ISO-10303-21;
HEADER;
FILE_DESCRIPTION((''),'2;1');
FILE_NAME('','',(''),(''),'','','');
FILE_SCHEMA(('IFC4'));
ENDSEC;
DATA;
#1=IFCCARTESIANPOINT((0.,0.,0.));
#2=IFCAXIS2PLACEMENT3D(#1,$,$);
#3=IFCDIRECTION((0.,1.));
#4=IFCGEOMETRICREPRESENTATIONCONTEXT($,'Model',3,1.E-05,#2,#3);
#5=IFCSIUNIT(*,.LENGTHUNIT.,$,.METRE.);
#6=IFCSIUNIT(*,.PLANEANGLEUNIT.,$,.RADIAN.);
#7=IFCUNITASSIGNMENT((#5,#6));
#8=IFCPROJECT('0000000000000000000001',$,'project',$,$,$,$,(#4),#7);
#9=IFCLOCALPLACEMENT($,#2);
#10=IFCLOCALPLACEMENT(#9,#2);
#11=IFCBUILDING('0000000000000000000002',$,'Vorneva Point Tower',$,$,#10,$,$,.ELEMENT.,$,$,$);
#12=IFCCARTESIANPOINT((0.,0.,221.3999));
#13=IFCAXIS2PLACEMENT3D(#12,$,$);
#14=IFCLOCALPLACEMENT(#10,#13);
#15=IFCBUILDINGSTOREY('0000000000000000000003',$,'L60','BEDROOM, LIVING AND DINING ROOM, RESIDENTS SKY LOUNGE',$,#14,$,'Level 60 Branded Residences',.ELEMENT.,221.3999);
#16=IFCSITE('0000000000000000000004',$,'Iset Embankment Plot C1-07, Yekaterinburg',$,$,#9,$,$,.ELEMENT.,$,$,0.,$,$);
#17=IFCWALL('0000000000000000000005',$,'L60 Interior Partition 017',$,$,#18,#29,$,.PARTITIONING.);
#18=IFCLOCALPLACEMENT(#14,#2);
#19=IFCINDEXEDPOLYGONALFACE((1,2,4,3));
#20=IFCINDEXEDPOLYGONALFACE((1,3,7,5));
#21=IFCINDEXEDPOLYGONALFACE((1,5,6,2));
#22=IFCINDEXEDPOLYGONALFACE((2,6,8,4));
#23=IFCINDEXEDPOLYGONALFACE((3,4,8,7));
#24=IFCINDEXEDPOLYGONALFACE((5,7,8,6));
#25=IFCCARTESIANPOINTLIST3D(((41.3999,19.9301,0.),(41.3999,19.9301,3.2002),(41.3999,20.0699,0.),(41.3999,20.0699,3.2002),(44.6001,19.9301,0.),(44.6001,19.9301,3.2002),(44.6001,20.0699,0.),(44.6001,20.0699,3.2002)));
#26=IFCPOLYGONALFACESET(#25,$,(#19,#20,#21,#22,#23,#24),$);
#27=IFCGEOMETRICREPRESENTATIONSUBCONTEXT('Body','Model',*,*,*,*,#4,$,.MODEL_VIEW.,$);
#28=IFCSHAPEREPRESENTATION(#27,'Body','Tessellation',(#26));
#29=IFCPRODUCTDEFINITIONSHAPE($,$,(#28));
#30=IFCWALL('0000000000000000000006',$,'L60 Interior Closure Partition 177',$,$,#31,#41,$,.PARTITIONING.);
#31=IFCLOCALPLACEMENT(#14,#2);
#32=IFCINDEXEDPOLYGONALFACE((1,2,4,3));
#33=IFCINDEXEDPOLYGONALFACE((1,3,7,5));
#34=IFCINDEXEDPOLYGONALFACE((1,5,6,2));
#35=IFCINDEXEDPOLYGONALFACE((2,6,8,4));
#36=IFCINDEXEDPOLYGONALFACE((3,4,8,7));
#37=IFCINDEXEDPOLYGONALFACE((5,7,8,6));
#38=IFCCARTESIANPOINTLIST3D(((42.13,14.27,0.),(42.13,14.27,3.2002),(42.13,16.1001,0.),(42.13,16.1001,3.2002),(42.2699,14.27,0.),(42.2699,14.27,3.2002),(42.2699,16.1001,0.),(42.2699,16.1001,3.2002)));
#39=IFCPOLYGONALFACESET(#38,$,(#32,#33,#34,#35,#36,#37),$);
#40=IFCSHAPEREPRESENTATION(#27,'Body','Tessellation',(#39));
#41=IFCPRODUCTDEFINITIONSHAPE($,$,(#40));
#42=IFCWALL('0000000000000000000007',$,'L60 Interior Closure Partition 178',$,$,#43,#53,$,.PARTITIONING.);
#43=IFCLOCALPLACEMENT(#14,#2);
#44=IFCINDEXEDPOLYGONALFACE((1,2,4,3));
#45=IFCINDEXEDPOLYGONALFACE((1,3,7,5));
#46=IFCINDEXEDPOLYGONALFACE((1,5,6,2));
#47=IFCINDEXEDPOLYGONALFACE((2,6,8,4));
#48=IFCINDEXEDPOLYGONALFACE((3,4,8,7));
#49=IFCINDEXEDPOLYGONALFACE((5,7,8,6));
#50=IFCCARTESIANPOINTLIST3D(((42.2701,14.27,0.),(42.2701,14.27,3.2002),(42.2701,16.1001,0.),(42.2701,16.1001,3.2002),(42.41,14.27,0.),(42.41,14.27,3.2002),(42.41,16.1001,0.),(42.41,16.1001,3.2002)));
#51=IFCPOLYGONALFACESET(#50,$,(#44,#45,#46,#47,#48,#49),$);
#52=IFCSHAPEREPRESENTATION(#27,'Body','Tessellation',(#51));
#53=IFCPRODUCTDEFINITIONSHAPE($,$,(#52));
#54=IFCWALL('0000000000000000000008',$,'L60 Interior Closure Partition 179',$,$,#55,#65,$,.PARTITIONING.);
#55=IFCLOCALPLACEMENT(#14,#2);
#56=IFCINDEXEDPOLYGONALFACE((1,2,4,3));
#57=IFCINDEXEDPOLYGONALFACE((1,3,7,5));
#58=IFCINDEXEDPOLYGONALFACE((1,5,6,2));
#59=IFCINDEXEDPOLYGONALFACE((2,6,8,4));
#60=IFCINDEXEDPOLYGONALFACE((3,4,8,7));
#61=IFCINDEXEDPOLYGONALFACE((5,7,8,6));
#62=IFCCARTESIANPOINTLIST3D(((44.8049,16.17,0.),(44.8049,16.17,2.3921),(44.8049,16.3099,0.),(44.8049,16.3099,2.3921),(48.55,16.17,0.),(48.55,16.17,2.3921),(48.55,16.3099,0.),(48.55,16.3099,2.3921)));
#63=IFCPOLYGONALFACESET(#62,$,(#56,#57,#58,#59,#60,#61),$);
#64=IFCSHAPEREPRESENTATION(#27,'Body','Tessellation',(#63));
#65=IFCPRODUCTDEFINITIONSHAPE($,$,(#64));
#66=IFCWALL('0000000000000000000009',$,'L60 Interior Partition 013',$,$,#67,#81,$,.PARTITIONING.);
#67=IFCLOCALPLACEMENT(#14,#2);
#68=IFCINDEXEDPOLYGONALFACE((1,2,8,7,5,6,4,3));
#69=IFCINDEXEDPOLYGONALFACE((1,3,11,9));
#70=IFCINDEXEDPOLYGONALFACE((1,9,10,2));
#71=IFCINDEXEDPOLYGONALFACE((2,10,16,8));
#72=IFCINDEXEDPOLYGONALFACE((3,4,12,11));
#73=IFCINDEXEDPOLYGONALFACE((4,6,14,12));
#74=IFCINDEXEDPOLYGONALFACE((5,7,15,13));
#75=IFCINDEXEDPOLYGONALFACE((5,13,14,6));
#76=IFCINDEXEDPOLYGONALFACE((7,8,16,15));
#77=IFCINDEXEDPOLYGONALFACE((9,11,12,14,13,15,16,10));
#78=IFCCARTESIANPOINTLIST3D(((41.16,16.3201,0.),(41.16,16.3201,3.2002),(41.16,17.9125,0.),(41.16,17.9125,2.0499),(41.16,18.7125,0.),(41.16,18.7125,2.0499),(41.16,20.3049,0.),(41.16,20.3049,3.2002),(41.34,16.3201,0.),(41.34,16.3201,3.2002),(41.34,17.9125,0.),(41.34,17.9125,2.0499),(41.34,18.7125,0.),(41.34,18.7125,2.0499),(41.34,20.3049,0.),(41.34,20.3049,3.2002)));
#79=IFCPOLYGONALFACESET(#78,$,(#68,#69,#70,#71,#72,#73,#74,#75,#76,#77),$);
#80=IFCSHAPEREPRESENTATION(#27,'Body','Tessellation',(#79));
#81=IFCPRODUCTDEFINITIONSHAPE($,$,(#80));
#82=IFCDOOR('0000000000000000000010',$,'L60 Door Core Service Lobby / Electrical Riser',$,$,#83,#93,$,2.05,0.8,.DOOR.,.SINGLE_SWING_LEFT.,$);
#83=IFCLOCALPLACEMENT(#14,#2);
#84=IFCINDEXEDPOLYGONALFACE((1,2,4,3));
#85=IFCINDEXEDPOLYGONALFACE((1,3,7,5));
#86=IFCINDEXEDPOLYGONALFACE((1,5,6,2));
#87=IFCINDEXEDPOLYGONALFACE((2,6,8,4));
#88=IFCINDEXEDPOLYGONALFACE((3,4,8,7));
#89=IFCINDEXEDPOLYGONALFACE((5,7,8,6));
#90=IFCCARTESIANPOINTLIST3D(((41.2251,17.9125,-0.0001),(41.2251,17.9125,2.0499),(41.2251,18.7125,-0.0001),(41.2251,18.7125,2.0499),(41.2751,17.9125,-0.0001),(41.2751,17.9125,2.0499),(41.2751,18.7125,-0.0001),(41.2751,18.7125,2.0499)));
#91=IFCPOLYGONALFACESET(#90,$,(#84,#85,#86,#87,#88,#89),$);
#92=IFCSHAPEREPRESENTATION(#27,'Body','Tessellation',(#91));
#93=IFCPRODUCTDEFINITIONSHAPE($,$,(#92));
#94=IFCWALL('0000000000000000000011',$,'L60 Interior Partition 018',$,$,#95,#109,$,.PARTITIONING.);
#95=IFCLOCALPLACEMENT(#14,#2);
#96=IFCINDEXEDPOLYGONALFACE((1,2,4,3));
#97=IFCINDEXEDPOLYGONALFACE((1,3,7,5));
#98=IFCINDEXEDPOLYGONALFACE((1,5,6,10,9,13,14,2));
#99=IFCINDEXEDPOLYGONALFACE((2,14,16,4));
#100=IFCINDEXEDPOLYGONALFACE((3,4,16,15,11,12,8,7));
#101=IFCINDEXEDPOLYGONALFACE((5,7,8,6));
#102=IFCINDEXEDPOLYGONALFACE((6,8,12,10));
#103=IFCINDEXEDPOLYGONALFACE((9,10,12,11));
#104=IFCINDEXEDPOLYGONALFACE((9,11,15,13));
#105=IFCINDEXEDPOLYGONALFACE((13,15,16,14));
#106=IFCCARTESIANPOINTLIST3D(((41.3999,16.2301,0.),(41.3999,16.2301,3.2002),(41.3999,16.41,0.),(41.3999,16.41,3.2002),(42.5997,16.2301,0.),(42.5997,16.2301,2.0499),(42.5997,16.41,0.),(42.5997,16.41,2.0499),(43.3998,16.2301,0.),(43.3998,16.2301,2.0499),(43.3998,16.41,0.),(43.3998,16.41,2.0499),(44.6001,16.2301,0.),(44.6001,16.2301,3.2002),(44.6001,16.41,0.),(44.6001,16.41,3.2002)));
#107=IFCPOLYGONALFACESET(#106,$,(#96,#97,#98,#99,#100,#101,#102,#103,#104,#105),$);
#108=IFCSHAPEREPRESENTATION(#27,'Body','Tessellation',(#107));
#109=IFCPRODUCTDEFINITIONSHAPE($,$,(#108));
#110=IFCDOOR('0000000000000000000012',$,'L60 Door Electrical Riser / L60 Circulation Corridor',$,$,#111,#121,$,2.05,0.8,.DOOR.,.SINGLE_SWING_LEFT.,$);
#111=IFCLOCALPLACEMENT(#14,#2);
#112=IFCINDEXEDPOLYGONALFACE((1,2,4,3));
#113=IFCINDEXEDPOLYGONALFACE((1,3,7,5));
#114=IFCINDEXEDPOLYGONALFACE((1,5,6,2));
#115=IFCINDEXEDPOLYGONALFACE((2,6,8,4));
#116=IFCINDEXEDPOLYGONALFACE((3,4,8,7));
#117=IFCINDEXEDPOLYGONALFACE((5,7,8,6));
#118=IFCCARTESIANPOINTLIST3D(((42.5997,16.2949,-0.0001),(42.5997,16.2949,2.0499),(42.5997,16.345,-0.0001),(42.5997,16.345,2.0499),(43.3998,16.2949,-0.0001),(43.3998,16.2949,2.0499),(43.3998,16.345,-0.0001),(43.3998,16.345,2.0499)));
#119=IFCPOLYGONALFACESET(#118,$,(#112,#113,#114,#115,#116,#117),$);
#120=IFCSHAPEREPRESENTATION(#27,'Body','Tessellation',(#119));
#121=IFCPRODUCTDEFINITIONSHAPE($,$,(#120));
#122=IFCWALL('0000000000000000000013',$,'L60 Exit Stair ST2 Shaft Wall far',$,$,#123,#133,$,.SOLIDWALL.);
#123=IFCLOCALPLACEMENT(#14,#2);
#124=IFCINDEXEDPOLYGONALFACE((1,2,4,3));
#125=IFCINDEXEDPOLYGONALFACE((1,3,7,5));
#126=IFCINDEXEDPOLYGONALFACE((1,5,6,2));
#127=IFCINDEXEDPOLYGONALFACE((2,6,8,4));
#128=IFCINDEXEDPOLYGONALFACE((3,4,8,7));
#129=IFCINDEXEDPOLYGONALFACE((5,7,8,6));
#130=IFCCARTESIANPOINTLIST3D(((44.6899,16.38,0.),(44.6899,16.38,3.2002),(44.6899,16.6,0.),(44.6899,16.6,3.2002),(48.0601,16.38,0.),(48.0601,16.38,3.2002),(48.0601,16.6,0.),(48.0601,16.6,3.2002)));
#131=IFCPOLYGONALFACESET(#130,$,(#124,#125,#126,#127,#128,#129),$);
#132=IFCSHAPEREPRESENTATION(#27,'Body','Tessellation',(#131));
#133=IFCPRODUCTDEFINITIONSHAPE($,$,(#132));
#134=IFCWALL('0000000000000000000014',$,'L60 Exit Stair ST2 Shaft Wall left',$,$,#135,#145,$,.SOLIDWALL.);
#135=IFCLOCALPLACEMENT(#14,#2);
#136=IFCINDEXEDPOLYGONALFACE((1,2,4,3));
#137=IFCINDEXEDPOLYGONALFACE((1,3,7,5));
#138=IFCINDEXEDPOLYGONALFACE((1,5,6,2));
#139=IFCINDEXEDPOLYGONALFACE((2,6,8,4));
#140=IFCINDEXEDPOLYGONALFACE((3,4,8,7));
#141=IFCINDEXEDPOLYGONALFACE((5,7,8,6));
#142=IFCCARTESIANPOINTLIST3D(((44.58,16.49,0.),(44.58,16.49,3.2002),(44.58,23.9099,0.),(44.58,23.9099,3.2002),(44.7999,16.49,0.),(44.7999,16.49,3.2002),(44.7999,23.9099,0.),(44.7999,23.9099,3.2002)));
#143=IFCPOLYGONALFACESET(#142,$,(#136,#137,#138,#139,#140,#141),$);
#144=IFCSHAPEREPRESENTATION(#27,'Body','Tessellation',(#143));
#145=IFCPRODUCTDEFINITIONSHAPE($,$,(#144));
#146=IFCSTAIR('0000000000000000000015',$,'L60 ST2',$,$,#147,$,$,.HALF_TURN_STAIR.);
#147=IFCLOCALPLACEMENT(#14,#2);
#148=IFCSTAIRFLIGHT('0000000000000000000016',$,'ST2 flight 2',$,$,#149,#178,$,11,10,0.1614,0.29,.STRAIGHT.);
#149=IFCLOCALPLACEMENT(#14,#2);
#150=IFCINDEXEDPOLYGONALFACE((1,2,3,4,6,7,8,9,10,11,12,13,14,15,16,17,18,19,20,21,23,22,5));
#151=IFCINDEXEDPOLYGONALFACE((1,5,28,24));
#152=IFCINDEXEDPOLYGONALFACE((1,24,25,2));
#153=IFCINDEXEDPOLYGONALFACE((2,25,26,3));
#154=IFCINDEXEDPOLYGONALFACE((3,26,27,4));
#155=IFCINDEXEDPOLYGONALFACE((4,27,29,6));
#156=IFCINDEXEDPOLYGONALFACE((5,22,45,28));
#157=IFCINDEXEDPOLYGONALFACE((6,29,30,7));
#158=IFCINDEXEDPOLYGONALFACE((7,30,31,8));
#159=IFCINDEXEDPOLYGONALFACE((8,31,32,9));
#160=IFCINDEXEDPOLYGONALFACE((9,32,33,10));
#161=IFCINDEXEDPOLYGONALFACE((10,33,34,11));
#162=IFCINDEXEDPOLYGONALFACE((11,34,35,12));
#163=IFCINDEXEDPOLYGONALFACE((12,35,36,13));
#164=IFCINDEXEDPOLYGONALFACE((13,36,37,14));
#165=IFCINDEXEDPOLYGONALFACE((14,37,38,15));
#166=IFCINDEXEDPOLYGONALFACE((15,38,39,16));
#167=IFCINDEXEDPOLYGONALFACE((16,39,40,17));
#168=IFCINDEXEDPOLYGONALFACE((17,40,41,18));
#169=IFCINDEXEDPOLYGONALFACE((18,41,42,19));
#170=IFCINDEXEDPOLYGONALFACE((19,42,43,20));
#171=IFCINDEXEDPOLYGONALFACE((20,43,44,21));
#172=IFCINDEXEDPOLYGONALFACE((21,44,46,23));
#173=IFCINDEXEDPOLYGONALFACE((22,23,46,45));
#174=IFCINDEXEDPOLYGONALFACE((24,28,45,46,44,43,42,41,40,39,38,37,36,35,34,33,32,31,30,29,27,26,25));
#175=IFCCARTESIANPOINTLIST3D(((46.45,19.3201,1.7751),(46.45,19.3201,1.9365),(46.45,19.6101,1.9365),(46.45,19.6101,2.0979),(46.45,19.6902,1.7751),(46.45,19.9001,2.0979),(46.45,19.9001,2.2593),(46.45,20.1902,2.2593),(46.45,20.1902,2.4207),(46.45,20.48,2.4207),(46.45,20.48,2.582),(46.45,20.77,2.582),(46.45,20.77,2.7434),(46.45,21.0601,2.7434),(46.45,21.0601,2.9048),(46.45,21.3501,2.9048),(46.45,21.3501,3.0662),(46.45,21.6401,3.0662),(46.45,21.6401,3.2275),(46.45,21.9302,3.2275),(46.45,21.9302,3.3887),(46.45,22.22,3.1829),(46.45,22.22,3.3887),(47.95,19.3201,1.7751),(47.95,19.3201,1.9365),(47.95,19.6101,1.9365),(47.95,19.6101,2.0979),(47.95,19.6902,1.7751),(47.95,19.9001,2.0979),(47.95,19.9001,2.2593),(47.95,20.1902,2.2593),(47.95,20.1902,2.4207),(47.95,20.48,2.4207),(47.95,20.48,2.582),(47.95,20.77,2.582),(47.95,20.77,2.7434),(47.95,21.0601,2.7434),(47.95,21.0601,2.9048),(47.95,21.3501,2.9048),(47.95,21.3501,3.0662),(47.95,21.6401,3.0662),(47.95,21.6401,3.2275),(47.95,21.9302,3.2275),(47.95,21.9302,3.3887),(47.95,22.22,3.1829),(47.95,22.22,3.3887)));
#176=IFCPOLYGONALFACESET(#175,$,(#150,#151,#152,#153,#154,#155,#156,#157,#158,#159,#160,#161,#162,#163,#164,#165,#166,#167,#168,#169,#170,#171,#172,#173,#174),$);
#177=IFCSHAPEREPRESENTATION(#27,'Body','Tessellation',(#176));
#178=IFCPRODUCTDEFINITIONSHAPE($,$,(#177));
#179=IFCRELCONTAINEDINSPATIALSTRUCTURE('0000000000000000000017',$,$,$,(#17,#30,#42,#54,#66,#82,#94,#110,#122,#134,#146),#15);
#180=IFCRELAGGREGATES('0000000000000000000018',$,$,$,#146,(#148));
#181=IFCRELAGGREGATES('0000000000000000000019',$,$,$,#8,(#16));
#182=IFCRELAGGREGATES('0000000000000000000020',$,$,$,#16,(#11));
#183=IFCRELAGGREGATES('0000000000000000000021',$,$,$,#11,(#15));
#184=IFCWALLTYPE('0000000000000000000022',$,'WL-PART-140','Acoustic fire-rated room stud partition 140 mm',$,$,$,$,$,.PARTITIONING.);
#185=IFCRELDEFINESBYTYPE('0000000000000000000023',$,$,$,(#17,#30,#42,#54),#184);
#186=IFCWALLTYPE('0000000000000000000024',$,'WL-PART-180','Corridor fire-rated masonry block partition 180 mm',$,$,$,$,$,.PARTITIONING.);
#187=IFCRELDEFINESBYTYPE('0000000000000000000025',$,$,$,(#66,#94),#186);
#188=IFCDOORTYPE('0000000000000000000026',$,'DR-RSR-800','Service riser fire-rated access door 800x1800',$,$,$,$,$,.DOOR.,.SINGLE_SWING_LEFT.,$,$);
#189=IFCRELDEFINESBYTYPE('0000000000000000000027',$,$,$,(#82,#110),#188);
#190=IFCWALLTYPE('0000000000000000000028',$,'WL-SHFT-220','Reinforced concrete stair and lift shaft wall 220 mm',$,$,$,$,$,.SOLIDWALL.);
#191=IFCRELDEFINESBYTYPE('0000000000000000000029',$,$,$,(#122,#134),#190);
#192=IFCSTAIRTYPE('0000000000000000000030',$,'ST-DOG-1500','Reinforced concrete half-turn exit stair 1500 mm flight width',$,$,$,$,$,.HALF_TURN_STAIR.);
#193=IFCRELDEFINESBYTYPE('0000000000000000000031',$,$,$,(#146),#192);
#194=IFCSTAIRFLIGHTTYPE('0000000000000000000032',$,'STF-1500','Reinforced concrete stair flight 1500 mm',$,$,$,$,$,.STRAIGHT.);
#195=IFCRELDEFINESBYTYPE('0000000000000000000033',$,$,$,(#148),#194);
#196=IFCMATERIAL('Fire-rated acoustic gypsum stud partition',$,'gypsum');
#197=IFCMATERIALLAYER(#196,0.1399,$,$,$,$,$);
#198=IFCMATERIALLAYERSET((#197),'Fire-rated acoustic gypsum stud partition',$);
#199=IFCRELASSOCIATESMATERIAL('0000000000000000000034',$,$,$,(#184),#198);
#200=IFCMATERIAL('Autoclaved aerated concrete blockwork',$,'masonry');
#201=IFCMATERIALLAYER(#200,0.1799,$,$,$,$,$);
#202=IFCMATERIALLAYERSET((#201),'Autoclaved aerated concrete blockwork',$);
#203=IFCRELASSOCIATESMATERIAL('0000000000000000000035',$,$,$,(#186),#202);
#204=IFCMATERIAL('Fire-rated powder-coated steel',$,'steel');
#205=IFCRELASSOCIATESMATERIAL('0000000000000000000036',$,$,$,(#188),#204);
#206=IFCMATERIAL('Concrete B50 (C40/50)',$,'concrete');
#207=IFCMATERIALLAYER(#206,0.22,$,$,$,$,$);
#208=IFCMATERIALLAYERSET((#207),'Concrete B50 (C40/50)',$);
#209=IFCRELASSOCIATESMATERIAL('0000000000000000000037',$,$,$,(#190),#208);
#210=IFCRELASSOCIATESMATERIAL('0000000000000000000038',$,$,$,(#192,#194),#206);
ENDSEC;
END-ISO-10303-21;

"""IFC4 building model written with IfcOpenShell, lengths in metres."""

from ifc_helpers import new_model, si_unit, direction, frame, frame_2d, origin, place, context, subcontext, project, spatial, polyline, rectangle, outline, extrude, material, layer, layer_set, type_object, element, fill, aggregate, save


model = new_model("IFC4")

# Units and contexts
model_context = context("Model", 3, precision=1e-05, world=origin(), true_north=direction((0.0, 1.0)))
body_context = subcontext(model_context, "Body", "Model", "MODEL_VIEW")
ifc_project = project(units=[si_unit("LENGTHUNIT", "METRE"), si_unit("PLANEANGLEUNIT", "RADIAN")], contexts=[model_context])

# Site, building, storey
site_placement = place(None, origin())
site = spatial("IfcSite", under=ifc_project, at=site_placement, Name="Iset Embankment Plot C1-07, Yekaterinburg", CompositionType="ELEMENT", RefElevation=0.0)
building_placement = place(site_placement, origin())
building = spatial("IfcBuilding", under=site, at=building_placement, Name="Vorneva Point Tower", CompositionType="ELEMENT")
storey_placement = place(building_placement, frame((0.0, 0.0, 221.3999)))
storey = spatial("IfcBuildingStorey", under=building, at=storey_placement, Name="L60", Description="BEDROOM, LIVING AND DINING ROOM, RESIDENTS SKY LOUNGE", LongName="Level 60 Branded Residences", CompositionType="ELEMENT", Elevation=221.3999)

# Walls
ifc_material_1 = material(Name="Fire-rated acoustic gypsum stud partition", Category="gypsum")
ifc_layer_1 = layer(ifc_material_1, 0.1399)
ifc_layer_set_1 = layer_set([ifc_layer_1], Name="Fire-rated acoustic gypsum stud partition")
wall_type_1 = type_object("IfcWallType", Name="WL-PART-140", Description="Acoustic fire-rated room stud partition 140 mm", PredefinedType="PARTITIONING", material=ifc_layer_set_1)
wall_1_placement = place(storey_placement, frame((44.6001, 20.0, 0.0), z_axis=(0.0, 0.0, 1.0), x_axis=(-1.0, 0.0, 0.0)))
element("IfcWall", 1, at=wall_1_placement, inside=storey, type_object=wall_type_1, Name="L60 Interior Partition 017", PredefinedType="PARTITIONING", context=body_context, shape_type="SweptSolid", body=[
    extrude(rectangle(XDim=3.2002, YDim=0.1399, at=frame_2d((1.6001, 0.0))), origin(), (0.0, 0.0, 1.0), 3.2002),
])
for number, where, z_axis, x_axis, name in (
    (2, (42.2, 16.1001, 0.0), (0.0, 0.0, 1.0), (0.0, -1.0, 0.0), "L60 Interior Closure Partition 177"),
    (3, (42.3401, 14.27, 0.0), (0.0, 0.0, 1.0), (0.0, 1.0, 0.0), "L60 Interior Closure Partition 178"),
):
    element("IfcWall", number, at=place(storey_placement, frame(where, z_axis=z_axis, x_axis=x_axis)), inside=storey, type_object=wall_type_1, Name=name, PredefinedType="PARTITIONING", context=body_context, shape_type="SweptSolid", body=[
        extrude(rectangle(XDim=1.8301, YDim=0.1399, at=frame_2d((0.915, 0.0))), origin(), (0.0, 0.0, 1.0), 3.2002),
    ])
wall_2_placement = place(storey_placement, frame((44.8049, 16.24, 0.0), z_axis=(0.0, 0.0, 1.0), x_axis=(1.0, 0.0, 0.0)))
element("IfcWall", 4, at=wall_2_placement, inside=storey, type_object=wall_type_1, Name="L60 Interior Closure Partition 179", PredefinedType="PARTITIONING", context=body_context, shape_type="SweptSolid", body=[
    extrude(rectangle(XDim=3.7451, YDim=0.1399, at=frame_2d((1.8726, 0.0))), origin(), (0.0, 0.0, 1.0), 2.3921),
])

# Walls, openings, doors
ifc_material_2 = material(Name="Autoclaved aerated concrete blockwork", Category="masonry")
ifc_layer_2 = layer(ifc_material_2, 0.1799)
ifc_layer_set_2 = layer_set([ifc_layer_2], Name="Autoclaved aerated concrete blockwork")
wall_type_2 = type_object("IfcWallType", Name="WL-PART-180", Description="Corridor fire-rated masonry block partition 180 mm", PredefinedType="PARTITIONING", material=ifc_layer_set_2)
wall_3_placement = place(storey_placement, frame((41.25, 16.3201, 0.0), z_axis=(0.0, 0.0, 1.0), x_axis=(0.0, 1.0, 0.0)))
wall_3 = element("IfcWall", 5, at=wall_3_placement, inside=storey, type_object=wall_type_2, Name="L60 Interior Partition 013", PredefinedType="PARTITIONING", context=body_context, shape_type="SweptSolid", body=[
    extrude(rectangle(XDim=3.9849, YDim=0.1799, at=frame_2d((1.9924, 0.0))), origin(), (0.0, 0.0, 1.0), 3.2002),
])
opening_1_placement = place(wall_3_placement, frame((1.5925, 0.0, 0.0)))
opening_1 = element("IfcOpeningElement", 6, at=opening_1_placement, cuts=wall_3, PredefinedType="OPENING", context=body_context, shape_type="SweptSolid", body=[
    extrude(rectangle(XDim=0.8, YDim=2.05, at=frame_2d((0.3999, 1.0249))), frame((0.0, 0.105, 0.0), z_axis=(0.0, -1.0, 0.0), x_axis=(1.0, 0.0, 0.0)), (0.0, 0.0, 1.0), 0.2097),
])
ifc_material_3 = material(Name="Fire-rated powder-coated steel", Category="steel")
door_type_1 = type_object("IfcDoorType", Name="DR-RSR-800", Description="Service riser fire-rated access door 800x1800", OperationType="SINGLE_SWING_LEFT", PredefinedType="DOOR", material=ifc_material_3)
door_1_placement = place(opening_1_placement, origin())
door_1 = element("IfcDoor", 7, at=door_1_placement, inside=storey, type_object=door_type_1, Name="L60 Door Core Service Lobby / Electrical Riser", OperationType="SINGLE_SWING_LEFT", OverallHeight=2.05, OverallWidth=0.8, PredefinedType="DOOR", context=body_context, shape_type="SweptSolid", body=[
    extrude(rectangle(XDim=0.8, YDim=2.05, at=frame_2d((0.3999, 1.0249))), frame((0.0, 0.0249, 0.0), z_axis=(0.0, -1.0, 0.0), x_axis=(1.0, 0.0, 0.0)), (0.0, 0.0, 1.0), 0.05),
])
fill(opening_1, door_1)
wall_4_placement = place(storey_placement, frame((41.3999, 16.3201, 0.0), z_axis=(0.0, 0.0, 1.0), x_axis=(1.0, 0.0, 0.0)))
wall_4 = element("IfcWall", 8, at=wall_4_placement, inside=storey, type_object=wall_type_2, Name="L60 Interior Partition 018", PredefinedType="PARTITIONING", context=body_context, shape_type="SweptSolid", body=[
    extrude(rectangle(XDim=3.2002, YDim=0.1799, at=frame_2d((1.6001, 0.0))), origin(), (0.0, 0.0, 1.0), 3.2002),
])
opening_2_placement = place(wall_4_placement, frame((1.2, 0.0, 0.0)))
opening_2 = element("IfcOpeningElement", 9, at=opening_2_placement, cuts=wall_4, PredefinedType="OPENING", context=body_context, shape_type="SweptSolid", body=[
    extrude(rectangle(XDim=0.8, YDim=2.05, at=frame_2d((0.3999, 1.0249))), frame((0.0, 0.105, 0.0), z_axis=(0.0, -1.0, 0.0), x_axis=(1.0, 0.0, 0.0)), (0.0, 0.0, 1.0), 0.2097),
])
door_2_placement = place(opening_2_placement, origin())
door_2 = element("IfcDoor", 10, at=door_2_placement, inside=storey, type_object=door_type_1, Name="L60 Door Electrical Riser / L60 Circulation Corridor", OperationType="SINGLE_SWING_LEFT", OverallHeight=2.05, OverallWidth=0.8, PredefinedType="DOOR", context=body_context, shape_type="SweptSolid", body=[
    extrude(rectangle(XDim=0.8, YDim=2.05, at=frame_2d((0.3999, 1.0249))), frame((0.0, 0.0249, 0.0), z_axis=(0.0, -1.0, 0.0), x_axis=(1.0, 0.0, 0.0)), (0.0, 0.0, 1.0), 0.05),
])
fill(opening_2, door_2)

# Walls
ifc_material_4 = material(Name="Concrete B50 (C40/50)", Category="concrete")
ifc_layer_3 = layer(ifc_material_4, 0.22)
ifc_layer_set_3 = layer_set([ifc_layer_3], Name="Concrete B50 (C40/50)")
wall_type_3 = type_object("IfcWallType", Name="WL-SHFT-220", Description="Reinforced concrete stair and lift shaft wall 220 mm", PredefinedType="SOLIDWALL", material=ifc_layer_set_3)
wall_5_placement = place(storey_placement, frame((48.0601, 16.49, 0.0), z_axis=(0.0, 0.0, 1.0), x_axis=(-1.0, 0.0, 0.0)))
element("IfcWall", 11, at=wall_5_placement, inside=storey, type_object=wall_type_3, Name="L60 Exit Stair ST2 Shaft Wall far", PredefinedType="SOLIDWALL", context=body_context, shape_type="SweptSolid", body=[
    extrude(rectangle(XDim=3.3701, YDim=0.22, at=frame_2d((1.6851, 0.0))), origin(), (0.0, 0.0, 1.0), 3.2002),
])
wall_6_placement = place(storey_placement, frame((44.6899, 16.49, 0.0), z_axis=(0.0, 0.0, 1.0), x_axis=(0.0, 1.0, 0.0)))
element("IfcWall", 12, at=wall_6_placement, inside=storey, type_object=wall_type_3, Name="L60 Exit Stair ST2 Shaft Wall left", PredefinedType="SOLIDWALL", context=body_context, shape_type="SweptSolid", body=[
    extrude(rectangle(XDim=7.4199, YDim=0.22, at=frame_2d((3.71, 0.0))), origin(), (0.0, 0.0, 1.0), 3.2002),
])

# Stair, stair flight
stair_type = type_object("IfcStairType", Name="ST-DOG-1500", Description="Reinforced concrete half-turn exit stair 1500 mm flight width", PredefinedType="HALF_TURN_STAIR", material=ifc_material_4)
stair_placement = place(storey_placement, origin())
stair = element("IfcStair", 13, at=stair_placement, inside=storey, type_object=stair_type, Name="L60 ST2", PredefinedType="HALF_TURN_STAIR")
stair_flight_type = type_object("IfcStairFlightType", Name="STF-1500", Description="Reinforced concrete stair flight 1500 mm", PredefinedType="STRAIGHT", material=ifc_material_4)
stair_flight_placement = place(storey_placement, frame((47.2, 19.3201, 1.7751), z_axis=(0.0, 0.0, 1.0), x_axis=(0.0, 1.0, 0.0)))
stair_flight = element("IfcStairFlight", 14, at=stair_flight_placement, type_object=stair_flight_type, Name="ST2 flight 2", NumberOfRisers=11, NumberOfTreads=10, PredefinedType="STRAIGHT", RiserHeight=0.1614, TreadLength=0.29, context=body_context, shape_type="SweptSolid", body=[
    extrude(outline(polyline([(0.0, 0.0), (0.0, 0.1614), (0.29, 0.1614), (0.29, 0.3228), (0.5801, 0.3228), (0.5801, 0.4841), (0.8701, 0.4841), (0.8701, 0.6455), (1.1599, 0.6455), (1.1599, 0.8069), (1.45, 0.8069), (1.45, 0.9683), (1.74, 0.9683), (1.74, 1.1296), (2.03, 1.1296), (2.03, 1.291), (2.3201, 1.291), (2.3201, 1.4524), (2.6101, 1.4524), (2.6101, 1.6135), (2.8999, 1.6135), (2.8999, 1.7749), (2.8999, 1.4077), (0.3701, 0.0), (0.0, 0.0)])), frame((0.0, 0.75, 0.0), z_axis=(0.0, -1.0, 0.0), x_axis=(1.0, 0.0, 0.0)), (0.0, 0.0, 1.0), 1.5),
])
aggregate(stair, [stair_flight])

save(model, "model.ifc")
